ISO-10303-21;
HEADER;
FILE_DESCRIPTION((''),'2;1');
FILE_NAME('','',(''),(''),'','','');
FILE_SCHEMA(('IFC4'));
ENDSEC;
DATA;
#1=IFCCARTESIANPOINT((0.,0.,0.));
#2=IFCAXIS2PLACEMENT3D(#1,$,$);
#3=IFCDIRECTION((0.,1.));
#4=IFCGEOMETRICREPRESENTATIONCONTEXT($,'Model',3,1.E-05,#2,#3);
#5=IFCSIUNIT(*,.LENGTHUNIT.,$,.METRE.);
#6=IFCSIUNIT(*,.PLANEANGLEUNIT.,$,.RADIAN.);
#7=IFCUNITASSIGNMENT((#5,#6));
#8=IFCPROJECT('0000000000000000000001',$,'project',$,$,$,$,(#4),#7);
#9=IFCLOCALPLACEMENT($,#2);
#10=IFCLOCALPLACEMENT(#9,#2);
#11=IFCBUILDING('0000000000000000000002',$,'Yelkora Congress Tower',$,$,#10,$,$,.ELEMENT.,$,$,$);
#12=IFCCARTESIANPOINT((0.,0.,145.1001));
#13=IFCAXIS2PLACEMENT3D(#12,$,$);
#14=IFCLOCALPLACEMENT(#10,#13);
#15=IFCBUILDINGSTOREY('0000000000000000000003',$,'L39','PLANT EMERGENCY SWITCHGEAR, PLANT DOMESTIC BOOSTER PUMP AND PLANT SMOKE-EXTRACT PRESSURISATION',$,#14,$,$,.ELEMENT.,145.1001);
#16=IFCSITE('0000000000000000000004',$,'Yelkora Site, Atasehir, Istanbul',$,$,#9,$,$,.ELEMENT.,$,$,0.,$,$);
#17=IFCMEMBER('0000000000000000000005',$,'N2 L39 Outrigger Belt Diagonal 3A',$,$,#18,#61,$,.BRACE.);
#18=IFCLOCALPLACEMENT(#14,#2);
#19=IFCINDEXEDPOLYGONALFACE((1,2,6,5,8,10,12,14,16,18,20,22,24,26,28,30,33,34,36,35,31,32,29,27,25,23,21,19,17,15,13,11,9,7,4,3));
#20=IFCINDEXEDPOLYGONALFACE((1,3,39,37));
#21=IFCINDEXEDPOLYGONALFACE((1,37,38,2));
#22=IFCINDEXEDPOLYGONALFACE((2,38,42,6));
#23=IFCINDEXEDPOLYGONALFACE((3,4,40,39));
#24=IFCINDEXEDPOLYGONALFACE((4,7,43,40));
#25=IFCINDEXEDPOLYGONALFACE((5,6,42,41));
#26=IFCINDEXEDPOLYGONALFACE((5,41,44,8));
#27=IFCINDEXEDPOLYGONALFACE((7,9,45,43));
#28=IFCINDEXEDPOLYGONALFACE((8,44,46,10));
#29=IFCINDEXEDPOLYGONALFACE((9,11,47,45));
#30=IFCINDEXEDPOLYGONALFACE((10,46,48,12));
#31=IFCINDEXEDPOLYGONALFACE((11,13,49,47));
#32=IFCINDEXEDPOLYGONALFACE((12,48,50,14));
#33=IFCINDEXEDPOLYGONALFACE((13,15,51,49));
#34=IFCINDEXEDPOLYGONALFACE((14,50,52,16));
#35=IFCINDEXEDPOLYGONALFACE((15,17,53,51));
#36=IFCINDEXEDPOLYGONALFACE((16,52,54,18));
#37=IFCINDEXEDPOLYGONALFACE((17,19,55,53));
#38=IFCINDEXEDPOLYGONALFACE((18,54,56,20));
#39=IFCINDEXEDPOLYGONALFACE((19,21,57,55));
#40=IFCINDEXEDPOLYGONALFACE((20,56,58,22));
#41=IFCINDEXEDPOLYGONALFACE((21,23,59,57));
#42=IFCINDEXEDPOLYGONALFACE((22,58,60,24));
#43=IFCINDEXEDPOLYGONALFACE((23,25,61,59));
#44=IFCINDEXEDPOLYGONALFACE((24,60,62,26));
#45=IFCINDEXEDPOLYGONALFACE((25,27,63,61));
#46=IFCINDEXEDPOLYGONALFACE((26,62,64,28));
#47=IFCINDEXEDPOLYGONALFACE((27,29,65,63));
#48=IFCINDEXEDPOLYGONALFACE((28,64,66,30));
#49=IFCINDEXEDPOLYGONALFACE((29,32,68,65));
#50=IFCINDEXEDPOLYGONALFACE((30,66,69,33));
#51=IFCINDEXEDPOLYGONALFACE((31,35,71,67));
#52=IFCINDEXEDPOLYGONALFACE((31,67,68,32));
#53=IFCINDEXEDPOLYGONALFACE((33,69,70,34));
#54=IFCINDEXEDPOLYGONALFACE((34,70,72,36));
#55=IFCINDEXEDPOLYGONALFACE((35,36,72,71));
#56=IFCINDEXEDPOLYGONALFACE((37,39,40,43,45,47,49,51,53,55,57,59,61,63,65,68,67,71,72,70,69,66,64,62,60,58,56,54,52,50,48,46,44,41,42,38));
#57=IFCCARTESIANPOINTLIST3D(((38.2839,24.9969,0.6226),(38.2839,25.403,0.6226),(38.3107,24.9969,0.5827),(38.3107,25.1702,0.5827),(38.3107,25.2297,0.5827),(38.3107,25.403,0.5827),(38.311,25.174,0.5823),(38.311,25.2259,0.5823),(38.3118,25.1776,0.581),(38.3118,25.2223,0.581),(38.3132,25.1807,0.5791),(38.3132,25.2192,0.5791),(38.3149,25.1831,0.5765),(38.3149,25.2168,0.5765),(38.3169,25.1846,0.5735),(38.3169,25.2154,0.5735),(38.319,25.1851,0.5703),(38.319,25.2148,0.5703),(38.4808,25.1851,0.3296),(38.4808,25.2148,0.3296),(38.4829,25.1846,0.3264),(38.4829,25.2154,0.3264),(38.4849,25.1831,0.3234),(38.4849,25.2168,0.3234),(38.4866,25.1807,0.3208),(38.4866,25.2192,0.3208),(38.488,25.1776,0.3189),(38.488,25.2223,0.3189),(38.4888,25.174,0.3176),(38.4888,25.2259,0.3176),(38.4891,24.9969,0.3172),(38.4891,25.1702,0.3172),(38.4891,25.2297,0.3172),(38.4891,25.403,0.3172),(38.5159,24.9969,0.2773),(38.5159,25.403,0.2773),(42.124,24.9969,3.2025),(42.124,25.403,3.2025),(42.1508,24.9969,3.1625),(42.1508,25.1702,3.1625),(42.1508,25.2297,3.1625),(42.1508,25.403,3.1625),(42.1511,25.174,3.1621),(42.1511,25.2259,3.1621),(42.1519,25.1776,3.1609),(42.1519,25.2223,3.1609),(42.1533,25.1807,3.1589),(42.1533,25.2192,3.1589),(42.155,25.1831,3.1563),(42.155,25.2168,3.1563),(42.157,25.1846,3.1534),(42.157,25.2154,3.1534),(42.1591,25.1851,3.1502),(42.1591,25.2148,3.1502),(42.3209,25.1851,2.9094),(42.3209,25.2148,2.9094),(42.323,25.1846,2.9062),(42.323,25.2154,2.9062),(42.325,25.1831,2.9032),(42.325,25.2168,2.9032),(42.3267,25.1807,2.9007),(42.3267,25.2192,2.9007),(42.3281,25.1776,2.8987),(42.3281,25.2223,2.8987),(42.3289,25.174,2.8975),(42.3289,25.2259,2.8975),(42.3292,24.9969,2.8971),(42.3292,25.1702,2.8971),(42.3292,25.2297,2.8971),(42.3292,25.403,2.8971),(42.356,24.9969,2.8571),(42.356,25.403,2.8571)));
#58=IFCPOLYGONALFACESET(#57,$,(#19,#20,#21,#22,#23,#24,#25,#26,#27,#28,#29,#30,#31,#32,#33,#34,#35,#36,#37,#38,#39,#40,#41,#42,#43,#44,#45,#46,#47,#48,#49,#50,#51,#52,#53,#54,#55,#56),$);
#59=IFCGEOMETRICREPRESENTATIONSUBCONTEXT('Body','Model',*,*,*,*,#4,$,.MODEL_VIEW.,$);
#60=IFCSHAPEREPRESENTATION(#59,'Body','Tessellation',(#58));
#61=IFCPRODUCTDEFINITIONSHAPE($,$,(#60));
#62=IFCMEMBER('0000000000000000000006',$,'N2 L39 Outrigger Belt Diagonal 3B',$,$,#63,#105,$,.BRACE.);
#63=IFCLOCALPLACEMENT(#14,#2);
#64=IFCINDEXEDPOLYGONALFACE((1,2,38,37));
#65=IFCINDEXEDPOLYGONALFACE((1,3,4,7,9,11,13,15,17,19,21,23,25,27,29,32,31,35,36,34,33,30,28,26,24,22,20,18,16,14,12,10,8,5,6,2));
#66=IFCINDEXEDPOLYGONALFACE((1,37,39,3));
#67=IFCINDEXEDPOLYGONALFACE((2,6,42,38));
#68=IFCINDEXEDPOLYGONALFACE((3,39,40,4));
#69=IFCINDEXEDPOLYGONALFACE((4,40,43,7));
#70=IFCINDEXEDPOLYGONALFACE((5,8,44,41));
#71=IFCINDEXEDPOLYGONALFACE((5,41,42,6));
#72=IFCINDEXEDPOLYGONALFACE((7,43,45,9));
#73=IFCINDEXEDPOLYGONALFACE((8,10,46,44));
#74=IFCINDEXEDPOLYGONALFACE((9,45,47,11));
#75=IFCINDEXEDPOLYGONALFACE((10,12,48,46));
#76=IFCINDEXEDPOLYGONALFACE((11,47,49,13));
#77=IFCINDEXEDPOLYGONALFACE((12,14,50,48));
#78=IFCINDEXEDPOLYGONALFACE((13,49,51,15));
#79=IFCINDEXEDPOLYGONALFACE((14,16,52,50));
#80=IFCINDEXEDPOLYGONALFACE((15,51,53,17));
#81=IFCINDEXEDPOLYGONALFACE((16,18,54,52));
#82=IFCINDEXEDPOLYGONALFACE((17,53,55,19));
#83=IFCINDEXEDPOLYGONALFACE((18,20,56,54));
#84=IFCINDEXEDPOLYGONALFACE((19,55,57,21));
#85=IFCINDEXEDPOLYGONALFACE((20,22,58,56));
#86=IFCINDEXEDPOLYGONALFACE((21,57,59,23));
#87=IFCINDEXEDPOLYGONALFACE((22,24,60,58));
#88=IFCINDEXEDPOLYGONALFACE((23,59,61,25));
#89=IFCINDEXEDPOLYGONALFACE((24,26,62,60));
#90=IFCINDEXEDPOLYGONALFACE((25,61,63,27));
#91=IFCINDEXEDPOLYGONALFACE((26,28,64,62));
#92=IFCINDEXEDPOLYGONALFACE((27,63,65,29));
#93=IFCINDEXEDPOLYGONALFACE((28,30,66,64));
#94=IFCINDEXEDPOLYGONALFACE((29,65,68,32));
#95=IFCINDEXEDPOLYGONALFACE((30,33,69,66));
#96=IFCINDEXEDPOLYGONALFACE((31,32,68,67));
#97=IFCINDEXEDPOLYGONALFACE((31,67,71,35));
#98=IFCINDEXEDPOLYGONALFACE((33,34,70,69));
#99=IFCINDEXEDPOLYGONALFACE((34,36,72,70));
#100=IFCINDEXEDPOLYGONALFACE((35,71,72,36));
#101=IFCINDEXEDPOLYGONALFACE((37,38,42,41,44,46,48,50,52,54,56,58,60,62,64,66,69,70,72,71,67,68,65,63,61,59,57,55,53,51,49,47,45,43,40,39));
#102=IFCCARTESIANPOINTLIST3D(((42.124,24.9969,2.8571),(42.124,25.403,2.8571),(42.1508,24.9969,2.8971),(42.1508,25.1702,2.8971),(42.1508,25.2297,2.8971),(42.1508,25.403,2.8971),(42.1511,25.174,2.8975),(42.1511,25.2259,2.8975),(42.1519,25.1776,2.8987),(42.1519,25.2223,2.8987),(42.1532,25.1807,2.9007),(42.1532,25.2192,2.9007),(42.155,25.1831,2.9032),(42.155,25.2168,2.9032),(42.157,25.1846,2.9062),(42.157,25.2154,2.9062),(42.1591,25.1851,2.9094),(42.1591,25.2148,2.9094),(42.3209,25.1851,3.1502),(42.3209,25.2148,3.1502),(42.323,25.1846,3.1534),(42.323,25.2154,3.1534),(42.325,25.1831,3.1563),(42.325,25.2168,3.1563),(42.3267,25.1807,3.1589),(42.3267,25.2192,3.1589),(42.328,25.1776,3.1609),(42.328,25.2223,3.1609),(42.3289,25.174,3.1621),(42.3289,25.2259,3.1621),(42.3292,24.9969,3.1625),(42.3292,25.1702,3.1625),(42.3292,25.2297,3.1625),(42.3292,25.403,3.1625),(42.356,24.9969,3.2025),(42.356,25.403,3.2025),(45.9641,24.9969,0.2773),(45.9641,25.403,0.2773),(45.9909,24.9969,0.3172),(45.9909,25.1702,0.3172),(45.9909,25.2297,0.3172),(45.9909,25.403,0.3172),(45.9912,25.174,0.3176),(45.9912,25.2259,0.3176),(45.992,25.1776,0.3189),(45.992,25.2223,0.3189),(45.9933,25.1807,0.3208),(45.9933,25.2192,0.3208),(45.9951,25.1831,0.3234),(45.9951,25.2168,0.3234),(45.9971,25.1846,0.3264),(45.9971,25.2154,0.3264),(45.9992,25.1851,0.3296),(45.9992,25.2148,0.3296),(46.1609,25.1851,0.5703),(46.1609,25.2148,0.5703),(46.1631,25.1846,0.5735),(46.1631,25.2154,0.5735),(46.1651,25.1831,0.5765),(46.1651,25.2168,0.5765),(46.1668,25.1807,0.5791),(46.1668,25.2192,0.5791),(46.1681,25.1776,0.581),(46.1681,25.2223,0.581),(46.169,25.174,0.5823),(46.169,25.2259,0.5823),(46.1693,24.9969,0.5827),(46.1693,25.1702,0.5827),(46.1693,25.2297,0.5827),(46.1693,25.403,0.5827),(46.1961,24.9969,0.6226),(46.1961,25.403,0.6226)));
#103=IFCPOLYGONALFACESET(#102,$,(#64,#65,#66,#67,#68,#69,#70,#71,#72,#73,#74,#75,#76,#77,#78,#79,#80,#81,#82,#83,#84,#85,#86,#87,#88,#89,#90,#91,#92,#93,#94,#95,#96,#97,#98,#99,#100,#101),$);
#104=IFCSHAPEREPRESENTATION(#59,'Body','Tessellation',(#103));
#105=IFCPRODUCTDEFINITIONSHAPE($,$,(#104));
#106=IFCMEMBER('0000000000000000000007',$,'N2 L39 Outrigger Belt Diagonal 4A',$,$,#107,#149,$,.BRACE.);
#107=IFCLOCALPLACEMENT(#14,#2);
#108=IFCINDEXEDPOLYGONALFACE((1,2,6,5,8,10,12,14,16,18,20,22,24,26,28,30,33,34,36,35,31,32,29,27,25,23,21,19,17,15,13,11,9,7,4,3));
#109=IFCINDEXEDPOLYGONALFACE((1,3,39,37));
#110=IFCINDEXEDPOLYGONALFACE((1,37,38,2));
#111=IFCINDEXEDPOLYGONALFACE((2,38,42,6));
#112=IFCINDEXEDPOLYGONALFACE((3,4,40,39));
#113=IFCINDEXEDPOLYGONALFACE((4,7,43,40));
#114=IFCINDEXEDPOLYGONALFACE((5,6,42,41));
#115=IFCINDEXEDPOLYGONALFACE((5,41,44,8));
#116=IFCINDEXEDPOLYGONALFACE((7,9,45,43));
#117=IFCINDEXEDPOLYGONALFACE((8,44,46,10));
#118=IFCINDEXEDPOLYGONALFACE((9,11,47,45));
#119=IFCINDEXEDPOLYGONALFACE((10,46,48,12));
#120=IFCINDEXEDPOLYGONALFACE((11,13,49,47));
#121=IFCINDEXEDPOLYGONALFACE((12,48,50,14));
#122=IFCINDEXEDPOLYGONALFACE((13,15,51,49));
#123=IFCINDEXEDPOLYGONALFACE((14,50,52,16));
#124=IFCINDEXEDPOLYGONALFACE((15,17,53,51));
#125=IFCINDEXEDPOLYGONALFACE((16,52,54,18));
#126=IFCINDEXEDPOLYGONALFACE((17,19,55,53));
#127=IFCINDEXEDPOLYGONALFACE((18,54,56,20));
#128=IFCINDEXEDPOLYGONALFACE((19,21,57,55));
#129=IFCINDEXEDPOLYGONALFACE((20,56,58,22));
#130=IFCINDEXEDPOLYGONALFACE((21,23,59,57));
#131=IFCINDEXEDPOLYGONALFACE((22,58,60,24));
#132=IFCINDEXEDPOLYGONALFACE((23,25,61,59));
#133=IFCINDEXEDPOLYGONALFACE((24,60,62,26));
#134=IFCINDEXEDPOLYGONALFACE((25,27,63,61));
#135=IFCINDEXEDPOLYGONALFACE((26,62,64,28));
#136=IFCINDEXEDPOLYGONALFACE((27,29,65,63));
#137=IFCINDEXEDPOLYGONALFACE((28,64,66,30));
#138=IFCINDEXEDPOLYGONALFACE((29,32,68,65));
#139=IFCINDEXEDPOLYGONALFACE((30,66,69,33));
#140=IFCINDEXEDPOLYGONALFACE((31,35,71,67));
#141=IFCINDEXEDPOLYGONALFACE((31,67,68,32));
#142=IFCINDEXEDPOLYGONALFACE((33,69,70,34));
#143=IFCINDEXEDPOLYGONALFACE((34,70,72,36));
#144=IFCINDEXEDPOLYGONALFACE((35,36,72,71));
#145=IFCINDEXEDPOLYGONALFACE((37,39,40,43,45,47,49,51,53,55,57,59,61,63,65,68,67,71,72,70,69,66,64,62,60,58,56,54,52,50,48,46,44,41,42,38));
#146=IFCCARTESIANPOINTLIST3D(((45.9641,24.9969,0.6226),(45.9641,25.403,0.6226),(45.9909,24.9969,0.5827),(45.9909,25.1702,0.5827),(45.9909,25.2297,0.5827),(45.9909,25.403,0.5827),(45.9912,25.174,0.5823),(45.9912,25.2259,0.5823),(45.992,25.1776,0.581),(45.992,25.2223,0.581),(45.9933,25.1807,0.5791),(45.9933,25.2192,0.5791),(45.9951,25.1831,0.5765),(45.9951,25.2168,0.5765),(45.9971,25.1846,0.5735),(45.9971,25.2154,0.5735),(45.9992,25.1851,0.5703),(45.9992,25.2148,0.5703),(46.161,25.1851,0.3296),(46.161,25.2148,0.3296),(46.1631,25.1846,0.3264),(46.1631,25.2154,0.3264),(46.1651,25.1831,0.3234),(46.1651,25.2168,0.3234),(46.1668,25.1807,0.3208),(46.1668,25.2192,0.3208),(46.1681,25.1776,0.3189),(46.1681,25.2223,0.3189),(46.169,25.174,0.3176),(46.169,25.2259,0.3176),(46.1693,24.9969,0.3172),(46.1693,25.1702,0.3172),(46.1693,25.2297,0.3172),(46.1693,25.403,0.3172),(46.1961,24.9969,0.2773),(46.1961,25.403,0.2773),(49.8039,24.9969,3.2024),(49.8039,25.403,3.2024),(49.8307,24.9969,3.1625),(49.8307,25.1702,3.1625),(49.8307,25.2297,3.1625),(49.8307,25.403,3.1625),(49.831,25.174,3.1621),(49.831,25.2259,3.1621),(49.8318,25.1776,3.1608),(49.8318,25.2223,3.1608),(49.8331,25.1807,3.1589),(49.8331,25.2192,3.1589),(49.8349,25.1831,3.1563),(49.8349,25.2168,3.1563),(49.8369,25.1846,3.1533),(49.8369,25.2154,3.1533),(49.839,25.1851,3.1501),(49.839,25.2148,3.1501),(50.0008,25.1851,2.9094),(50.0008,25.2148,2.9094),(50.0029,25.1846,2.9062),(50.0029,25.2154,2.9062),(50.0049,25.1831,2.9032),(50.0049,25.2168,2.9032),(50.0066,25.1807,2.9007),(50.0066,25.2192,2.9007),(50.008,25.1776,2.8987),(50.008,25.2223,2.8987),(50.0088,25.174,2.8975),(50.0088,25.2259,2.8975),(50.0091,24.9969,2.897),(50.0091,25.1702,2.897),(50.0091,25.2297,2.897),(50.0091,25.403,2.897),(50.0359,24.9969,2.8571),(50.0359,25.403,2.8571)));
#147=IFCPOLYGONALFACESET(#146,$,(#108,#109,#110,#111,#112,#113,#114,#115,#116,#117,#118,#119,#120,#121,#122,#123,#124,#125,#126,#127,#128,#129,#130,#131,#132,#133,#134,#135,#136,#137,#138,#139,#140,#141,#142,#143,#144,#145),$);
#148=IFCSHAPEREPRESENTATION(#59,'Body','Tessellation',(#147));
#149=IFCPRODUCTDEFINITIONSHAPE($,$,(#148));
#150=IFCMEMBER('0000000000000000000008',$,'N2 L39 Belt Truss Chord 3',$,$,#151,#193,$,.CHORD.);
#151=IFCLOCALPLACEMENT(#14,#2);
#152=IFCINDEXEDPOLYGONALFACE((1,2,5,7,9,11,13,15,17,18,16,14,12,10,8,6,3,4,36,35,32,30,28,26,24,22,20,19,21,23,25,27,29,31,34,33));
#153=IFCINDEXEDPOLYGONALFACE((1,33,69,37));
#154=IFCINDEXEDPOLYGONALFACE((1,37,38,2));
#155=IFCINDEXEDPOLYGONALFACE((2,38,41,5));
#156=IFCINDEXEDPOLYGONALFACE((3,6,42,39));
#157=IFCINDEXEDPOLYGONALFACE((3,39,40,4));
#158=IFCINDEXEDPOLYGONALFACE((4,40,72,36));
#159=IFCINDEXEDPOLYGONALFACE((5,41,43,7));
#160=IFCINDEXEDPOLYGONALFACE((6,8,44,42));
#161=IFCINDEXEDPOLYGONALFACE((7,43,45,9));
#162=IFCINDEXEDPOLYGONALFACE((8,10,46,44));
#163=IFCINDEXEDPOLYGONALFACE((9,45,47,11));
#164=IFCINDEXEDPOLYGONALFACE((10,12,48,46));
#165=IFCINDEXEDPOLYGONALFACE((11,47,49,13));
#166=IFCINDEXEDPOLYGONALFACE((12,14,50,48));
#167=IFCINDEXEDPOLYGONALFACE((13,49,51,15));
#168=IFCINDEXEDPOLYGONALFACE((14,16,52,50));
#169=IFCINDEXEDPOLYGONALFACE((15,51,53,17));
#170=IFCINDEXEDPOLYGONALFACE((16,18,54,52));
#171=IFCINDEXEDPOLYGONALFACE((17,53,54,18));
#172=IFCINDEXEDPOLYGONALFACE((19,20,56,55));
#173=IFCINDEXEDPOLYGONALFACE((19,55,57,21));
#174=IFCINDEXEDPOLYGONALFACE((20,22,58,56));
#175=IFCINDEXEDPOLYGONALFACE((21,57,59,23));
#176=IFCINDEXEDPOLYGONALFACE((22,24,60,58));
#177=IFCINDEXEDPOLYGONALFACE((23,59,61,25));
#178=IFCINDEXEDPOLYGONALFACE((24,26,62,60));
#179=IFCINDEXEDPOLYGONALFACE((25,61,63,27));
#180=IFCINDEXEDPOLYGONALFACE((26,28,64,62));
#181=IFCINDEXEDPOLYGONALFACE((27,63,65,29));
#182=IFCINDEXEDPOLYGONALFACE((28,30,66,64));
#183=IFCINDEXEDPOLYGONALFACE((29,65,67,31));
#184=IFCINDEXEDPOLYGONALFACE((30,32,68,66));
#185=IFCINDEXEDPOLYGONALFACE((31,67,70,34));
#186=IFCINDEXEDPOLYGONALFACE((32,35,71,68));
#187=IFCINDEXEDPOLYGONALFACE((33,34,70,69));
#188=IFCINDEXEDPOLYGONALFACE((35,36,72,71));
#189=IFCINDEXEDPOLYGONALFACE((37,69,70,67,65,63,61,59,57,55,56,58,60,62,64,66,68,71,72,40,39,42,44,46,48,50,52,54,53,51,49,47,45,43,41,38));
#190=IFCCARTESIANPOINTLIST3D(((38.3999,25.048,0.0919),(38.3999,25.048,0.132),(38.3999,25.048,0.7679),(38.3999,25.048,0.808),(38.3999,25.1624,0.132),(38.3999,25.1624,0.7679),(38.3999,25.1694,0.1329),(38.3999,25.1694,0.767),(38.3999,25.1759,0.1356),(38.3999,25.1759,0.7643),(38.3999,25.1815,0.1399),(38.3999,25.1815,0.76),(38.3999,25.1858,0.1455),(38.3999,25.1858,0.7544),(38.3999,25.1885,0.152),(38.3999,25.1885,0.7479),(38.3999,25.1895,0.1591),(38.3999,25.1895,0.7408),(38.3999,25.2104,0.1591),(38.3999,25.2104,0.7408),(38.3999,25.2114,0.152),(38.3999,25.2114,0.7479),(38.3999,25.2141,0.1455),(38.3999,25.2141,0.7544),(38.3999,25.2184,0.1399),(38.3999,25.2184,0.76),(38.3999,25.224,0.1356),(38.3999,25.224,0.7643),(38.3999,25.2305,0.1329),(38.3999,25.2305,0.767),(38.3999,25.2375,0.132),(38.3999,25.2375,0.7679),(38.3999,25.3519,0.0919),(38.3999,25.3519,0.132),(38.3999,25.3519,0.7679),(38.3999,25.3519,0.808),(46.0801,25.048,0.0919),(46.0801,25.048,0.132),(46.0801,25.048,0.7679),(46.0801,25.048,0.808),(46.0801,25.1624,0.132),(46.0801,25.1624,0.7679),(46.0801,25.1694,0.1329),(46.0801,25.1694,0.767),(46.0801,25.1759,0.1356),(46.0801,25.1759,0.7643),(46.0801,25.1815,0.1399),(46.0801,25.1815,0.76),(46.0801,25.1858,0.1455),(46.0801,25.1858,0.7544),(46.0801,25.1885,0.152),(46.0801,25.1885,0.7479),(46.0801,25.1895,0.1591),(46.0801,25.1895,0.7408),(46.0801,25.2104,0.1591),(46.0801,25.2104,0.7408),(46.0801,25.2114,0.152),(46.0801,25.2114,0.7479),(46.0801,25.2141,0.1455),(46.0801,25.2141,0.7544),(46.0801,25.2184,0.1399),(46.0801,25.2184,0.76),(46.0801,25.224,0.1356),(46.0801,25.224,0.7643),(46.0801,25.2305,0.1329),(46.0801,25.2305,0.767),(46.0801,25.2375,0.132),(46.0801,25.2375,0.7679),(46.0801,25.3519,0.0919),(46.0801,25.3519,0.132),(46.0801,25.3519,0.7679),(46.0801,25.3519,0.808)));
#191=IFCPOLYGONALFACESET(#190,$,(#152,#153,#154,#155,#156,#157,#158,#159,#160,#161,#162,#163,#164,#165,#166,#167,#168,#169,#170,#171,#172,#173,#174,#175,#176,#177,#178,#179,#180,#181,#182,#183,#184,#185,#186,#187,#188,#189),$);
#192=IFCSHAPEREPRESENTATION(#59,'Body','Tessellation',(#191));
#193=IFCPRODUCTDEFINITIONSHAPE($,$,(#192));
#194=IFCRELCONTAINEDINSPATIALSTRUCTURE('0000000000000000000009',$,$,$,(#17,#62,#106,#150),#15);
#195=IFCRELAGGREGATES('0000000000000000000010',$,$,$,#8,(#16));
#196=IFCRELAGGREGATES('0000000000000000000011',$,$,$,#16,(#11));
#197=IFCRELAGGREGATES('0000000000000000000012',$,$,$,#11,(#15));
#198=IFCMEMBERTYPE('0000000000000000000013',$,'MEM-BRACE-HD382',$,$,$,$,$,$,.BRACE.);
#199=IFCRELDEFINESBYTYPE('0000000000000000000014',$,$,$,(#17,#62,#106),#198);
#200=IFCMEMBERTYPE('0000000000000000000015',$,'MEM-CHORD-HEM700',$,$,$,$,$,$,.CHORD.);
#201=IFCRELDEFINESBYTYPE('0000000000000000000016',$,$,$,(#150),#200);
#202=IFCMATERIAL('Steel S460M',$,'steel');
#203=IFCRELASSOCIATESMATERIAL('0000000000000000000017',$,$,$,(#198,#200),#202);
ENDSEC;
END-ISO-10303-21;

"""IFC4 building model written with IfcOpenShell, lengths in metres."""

from ifc_helpers import new_model, si_unit, direction, frame, origin, origin_2d, place, context, subcontext, project, spatial, i_section, extrude, material, material_profile, profile_set, type_object, element, save


model = new_model("IFC4")

# Units and contexts
model_context = context("Model", 3, precision=1e-05, world=origin(), true_north=direction((0.0, 1.0)))
body_context = subcontext(model_context, "Body", "Model", "MODEL_VIEW")
ifc_project = project(units=[si_unit("LENGTHUNIT", "METRE"), si_unit("PLANEANGLEUNIT", "RADIAN")], contexts=[model_context])

# Site, building, storey
site_placement = place(None, origin())
site = spatial("IfcSite", under=ifc_project, at=site_placement, Name="Yelkora Site, Atasehir, Istanbul", CompositionType="ELEMENT", RefElevation=0.0)
building_placement = place(site_placement, origin())
building = spatial("IfcBuilding", under=site, at=building_placement, Name="Yelkora Congress Tower", CompositionType="ELEMENT")
storey_placement = place(building_placement, frame((0.0, 0.0, 145.1001)))
storey = spatial("IfcBuildingStorey", under=building, at=storey_placement, Name="L39", Description="PLANT EMERGENCY SWITCHGEAR, PLANT DOMESTIC BOOSTER PUMP AND PLANT SMOKE-EXTRACT PRESSURISATION", CompositionType="ELEMENT", Elevation=145.1001)

# Shared definitions
ifc_material_1 = material(Name="Steel S460M", Category="steel")

# Members
ifc_material_profile_1 = material_profile(ifc_material_1, i_section(OverallWidth=0.406, OverallDepth=0.416, WebThickness=0.0298, FlangeThickness=0.0481, FilletRadius=0.0149, at=origin_2d()), Name="HD 400x382")
ifc_profile_set_1 = profile_set([ifc_material_profile_1], Name="Steel S460M")
member_type_1 = type_object("IfcMemberType", Name="MEM-BRACE-HD382", PredefinedType="BRACE", material=ifc_profile_set_1)
for number, where, z_axis, x_axis, name in (
    (1, (38.3999, 25.2, 0.45), (0.830072, 0.0, 0.557656), (0.0, 1.0, 0.0), "N2 L39 Outrigger Belt Diagonal 3A"),
    (2, (46.0801, 25.2, 0.45), (-0.830072, 0.0, 0.557656), (0.0, -1.0, 0.0), "N2 L39 Outrigger Belt Diagonal 3B"),
):
    element("IfcMember", number, at=place(storey_placement, frame(where, z_axis=z_axis, x_axis=x_axis)), inside=storey, type_object=member_type_1, Name=name, PredefinedType="BRACE", context=body_context, shape_type="SweptSolid", body=[
        extrude(i_section(OverallWidth=0.406, OverallDepth=0.416, WebThickness=0.0298, FlangeThickness=0.0481, FilletRadius=0.0149, at=origin_2d()), origin(), (0.0, 0.0, 1.0), 4.6262),
    ])
member_1_placement = place(storey_placement, frame((46.0801, 25.2, 0.45), z_axis=(0.830056, 0.0, 0.55768), x_axis=(0.0, 1.0, 0.0)))
element("IfcMember", 3, at=member_1_placement, inside=storey, type_object=member_type_1, Name="N2 L39 Outrigger Belt Diagonal 4A", PredefinedType="BRACE", context=body_context, shape_type="SweptSolid", body=[
    extrude(i_section(OverallWidth=0.406, OverallDepth=0.416, WebThickness=0.0298, FlangeThickness=0.0481, FilletRadius=0.0149, at=origin_2d()), origin(), (0.0, 0.0, 1.0), 4.626),
])
ifc_material_profile_2 = material_profile(ifc_material_1, i_section(OverallWidth=0.304, OverallDepth=0.7161, WebThickness=0.021, FlangeThickness=0.04, FilletRadius=0.0271, at=origin_2d()), Name="HEM 700")
ifc_profile_set_2 = profile_set([ifc_material_profile_2], Name="Steel S460M")
member_type_2 = type_object("IfcMemberType", Name="MEM-CHORD-HEM700", PredefinedType="CHORD", material=ifc_profile_set_2)
member_2_placement = place(storey_placement, frame((38.3999, 25.2, 0.45), z_axis=(1.0, 0.0, 0.0), x_axis=(0.0, 1.0, 0.0)))
element("IfcMember", 4, at=member_2_placement, inside=storey, type_object=member_type_2, Name="N2 L39 Belt Truss Chord 3", PredefinedType="CHORD", context=body_context, shape_type="SweptSolid", body=[
    extrude(i_section(OverallWidth=0.304, OverallDepth=0.7161, WebThickness=0.021, FlangeThickness=0.04, FilletRadius=0.0271, at=origin_2d()), origin(), (0.0, 0.0, 1.0), 7.6802),
])

save(model, "model.ifc")
